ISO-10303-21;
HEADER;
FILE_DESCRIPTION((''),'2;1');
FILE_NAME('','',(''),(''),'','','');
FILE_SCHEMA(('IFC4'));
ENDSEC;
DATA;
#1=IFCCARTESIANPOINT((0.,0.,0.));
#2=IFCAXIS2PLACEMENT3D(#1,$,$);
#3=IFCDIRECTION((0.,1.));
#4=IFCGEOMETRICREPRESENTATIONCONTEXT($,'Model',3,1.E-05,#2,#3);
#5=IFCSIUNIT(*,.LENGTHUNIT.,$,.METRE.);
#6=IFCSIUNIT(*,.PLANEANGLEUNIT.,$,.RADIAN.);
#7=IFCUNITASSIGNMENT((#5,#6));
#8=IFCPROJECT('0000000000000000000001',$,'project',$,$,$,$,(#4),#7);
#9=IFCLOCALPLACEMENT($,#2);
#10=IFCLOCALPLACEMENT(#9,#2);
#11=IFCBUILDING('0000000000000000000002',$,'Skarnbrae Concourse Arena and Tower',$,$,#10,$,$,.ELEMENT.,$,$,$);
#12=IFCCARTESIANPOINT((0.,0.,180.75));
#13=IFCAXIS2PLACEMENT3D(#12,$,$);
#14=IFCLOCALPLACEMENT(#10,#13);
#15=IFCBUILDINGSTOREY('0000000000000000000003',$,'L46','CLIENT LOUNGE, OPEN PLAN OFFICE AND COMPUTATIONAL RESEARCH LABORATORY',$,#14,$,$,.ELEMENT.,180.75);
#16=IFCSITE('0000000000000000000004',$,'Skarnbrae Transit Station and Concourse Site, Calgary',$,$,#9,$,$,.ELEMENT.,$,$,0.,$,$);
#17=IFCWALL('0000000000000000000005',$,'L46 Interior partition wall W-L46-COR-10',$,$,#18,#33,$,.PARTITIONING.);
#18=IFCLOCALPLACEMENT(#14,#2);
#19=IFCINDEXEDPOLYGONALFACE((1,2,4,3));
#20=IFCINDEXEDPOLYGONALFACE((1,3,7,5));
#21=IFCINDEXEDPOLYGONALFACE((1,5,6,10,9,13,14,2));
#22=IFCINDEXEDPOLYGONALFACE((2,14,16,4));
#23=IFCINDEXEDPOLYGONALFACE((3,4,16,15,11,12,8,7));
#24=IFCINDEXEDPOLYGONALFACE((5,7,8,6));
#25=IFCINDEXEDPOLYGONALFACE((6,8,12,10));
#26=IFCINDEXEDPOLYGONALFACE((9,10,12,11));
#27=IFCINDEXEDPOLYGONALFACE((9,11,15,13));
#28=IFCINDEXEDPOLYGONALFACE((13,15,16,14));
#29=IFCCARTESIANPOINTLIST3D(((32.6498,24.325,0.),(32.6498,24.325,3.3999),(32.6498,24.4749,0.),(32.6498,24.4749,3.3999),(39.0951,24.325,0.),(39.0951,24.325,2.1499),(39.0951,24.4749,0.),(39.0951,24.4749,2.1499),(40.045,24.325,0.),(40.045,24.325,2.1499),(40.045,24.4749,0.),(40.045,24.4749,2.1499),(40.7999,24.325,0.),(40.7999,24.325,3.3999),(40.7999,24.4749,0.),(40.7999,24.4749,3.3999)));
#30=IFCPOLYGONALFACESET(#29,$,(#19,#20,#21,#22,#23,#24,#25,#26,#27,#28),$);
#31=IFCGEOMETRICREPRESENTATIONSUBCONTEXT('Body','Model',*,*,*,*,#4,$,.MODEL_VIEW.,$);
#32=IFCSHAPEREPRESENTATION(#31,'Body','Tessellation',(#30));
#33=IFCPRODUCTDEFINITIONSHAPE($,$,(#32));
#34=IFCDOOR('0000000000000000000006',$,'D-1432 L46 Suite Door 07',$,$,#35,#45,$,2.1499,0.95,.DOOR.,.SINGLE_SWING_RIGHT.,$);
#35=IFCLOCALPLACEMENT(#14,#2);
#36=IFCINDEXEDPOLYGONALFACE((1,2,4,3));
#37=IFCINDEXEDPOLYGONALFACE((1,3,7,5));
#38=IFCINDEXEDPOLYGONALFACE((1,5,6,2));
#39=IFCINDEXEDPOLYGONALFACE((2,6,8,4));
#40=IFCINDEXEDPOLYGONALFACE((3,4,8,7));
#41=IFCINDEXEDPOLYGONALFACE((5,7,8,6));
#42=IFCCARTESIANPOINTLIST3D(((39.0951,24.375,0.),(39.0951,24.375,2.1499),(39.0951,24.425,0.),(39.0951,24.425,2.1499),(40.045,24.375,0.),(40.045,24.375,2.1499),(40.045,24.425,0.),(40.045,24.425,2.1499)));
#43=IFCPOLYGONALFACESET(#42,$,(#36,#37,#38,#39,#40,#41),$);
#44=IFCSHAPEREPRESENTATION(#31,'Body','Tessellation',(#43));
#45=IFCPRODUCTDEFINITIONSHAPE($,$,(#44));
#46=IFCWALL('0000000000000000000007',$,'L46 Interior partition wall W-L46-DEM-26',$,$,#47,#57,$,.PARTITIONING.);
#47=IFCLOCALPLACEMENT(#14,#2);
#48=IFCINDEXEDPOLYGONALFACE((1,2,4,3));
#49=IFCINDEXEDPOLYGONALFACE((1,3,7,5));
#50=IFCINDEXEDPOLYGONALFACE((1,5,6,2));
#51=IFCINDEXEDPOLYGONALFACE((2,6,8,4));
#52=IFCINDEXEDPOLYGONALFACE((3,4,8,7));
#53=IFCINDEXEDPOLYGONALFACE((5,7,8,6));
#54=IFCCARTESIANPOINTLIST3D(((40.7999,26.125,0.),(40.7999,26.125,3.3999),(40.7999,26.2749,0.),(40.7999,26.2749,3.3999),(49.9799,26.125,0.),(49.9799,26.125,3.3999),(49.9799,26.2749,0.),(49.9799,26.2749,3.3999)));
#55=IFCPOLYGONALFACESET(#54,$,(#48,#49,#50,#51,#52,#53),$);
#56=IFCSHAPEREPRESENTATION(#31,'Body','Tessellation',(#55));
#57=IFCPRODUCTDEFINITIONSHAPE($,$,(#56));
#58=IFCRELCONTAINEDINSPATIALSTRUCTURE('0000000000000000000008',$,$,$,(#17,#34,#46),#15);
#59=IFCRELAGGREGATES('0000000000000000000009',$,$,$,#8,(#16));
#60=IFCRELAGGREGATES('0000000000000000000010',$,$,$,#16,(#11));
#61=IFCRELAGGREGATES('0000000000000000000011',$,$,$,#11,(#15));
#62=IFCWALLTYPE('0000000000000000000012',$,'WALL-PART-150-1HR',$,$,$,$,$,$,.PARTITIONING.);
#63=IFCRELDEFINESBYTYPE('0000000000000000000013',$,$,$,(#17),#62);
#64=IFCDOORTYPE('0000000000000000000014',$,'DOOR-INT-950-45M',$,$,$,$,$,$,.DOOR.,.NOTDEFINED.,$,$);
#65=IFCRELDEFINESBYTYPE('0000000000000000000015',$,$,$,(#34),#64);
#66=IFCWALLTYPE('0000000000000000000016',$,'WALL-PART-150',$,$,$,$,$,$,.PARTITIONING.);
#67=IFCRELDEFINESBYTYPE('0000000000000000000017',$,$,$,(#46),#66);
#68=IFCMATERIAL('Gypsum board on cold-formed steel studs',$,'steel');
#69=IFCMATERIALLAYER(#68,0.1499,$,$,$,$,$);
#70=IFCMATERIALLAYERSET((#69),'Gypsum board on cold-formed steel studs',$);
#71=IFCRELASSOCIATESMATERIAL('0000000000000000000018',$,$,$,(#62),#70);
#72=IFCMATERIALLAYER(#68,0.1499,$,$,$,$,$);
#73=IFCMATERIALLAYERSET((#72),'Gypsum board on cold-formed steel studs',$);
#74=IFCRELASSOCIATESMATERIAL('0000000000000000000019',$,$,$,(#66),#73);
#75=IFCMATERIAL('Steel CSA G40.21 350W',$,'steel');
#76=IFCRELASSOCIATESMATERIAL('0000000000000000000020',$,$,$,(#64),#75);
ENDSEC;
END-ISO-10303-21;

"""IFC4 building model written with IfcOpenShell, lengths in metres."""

from ifc_helpers import new_model, si_unit, direction, frame, frame_2d, origin, place, context, subcontext, project, spatial, rectangle, extrude, source, transform, mapped, material, layer, layer_set, type_object, element, fill, save


model = new_model("IFC4")

# Units and contexts
model_context = context("Model", 3, precision=1e-05, world=origin(), true_north=direction((0.0, 1.0)))
body_context = subcontext(model_context, "Body", "Model", "MODEL_VIEW")
ifc_project = project(units=[si_unit("LENGTHUNIT", "METRE"), si_unit("PLANEANGLEUNIT", "RADIAN")], contexts=[model_context])

# Site, building, storey
site_placement = place(None, origin())
site = spatial("IfcSite", under=ifc_project, at=site_placement, Name="Skarnbrae Transit Station and Concourse Site, Calgary", CompositionType="ELEMENT", RefElevation=0.0)
building_placement = place(site_placement, origin())
building = spatial("IfcBuilding", under=site, at=building_placement, Name="Skarnbrae Concourse Arena and Tower", CompositionType="ELEMENT")
storey_placement = place(building_placement, frame((0.0, 0.0, 180.75)))
storey = spatial("IfcBuildingStorey", under=building, at=storey_placement, Name="L46", Description="CLIENT LOUNGE, OPEN PLAN OFFICE AND COMPUTATIONAL RESEARCH LABORATORY", CompositionType="ELEMENT", Elevation=180.75)

# Shared definitions
ifc_material_1 = material(Name="Steel CSA G40.21 350W", Category="steel")

# Shared definitions
ifc_material_2 = material(Name="Gypsum board on cold-formed steel studs", Category="steel")
ifc_layer_1 = layer(ifc_material_2, 0.1499)
ifc_layer_set_1 = layer_set([ifc_layer_1], Name="Gypsum board on cold-formed steel studs")
wall_type_1 = type_object("IfcWallType", Name="WALL-PART-150-1HR", PredefinedType="PARTITIONING", material=ifc_layer_set_1)
ifc_layer_2 = layer(ifc_material_2, 0.1499)
ifc_layer_set_2 = layer_set([ifc_layer_2], Name="Gypsum board on cold-formed steel studs")
wall_type_2 = type_object("IfcWallType", Name="WALL-PART-150", PredefinedType="PARTITIONING", material=ifc_layer_set_2)

# Wall, opening, door
shared_shape_1 = source(origin(), body_context, "Body", "SweptSolid", [
    extrude(rectangle(XDim=8.1501, YDim=0.1499, at=frame_2d((4.0752, 0.0))), origin(), (0.0, 0.0, 1.0), 3.3999),
])
wall_1_placement = place(storey_placement, frame((40.8, 24.3999, 0.0), z_axis=(0.0, 0.0, 1.0), x_axis=(-1.0, 0.0, 0.0)))
wall_1 = element("IfcWall", 1, at=wall_1_placement, inside=storey, type_object=wall_type_1, Name="L46 Interior partition wall W-L46-COR-10", PredefinedType="PARTITIONING", context=body_context, shape_type="MappedRepresentation", body=[
    mapped(shared_shape_1, transform((0.0, 0.0, 0.0))),
])
opening_placement = place(wall_1_placement, frame((0.7549, 0.0, 0.0)))
opening = element("IfcOpeningElement", 2, at=opening_placement, cuts=wall_1, PredefinedType="OPENING", context=body_context, shape_type="SweptSolid", body=[
    extrude(rectangle(XDim=0.95, YDim=2.1499, at=frame_2d((0.4751, 1.075))), frame((0.0, 0.085, 0.0), z_axis=(0.0, -1.0, 0.0), x_axis=(1.0, 0.0, 0.0)), (0.0, 0.0, 1.0), 0.1699),
])
door_type = type_object("IfcDoorType", Name="DOOR-INT-950-45M", OperationType="NOTDEFINED", PredefinedType="DOOR", material=ifc_material_1)
shared_shape_2 = source(origin(), body_context, "Body", "SweptSolid", [
    extrude(rectangle(XDim=0.95, YDim=2.1499, at=frame_2d((0.4751, 1.075))), frame((0.0, 0.0249, 0.0), z_axis=(0.0, -1.0, 0.0), x_axis=(1.0, 0.0, 0.0)), (0.0, 0.0, 1.0), 0.05),
])
door_placement = place(opening_placement, origin())
door = element("IfcDoor", 3, at=door_placement, inside=storey, type_object=door_type, Name="D-1432 L46 Suite Door 07", OperationType="SINGLE_SWING_RIGHT", OverallHeight=2.1499, OverallWidth=0.95, PredefinedType="DOOR", context=body_context, shape_type="MappedRepresentation", body=[
    mapped(shared_shape_2, transform((0.0, 0.0, 0.0))),
])
fill(opening, door)

# Wall
shared_shape_3 = source(origin(), body_context, "Body", "SweptSolid", [
    extrude(rectangle(XDim=9.1799, YDim=0.1499, at=frame_2d((4.5898, 0.0))), origin(), (0.0, 0.0, 1.0), 3.3999),
])
wall_2_placement = place(storey_placement, frame((40.8, 26.2, 0.0), z_axis=(0.0, 0.0, 1.0), x_axis=(1.0, 0.0, 0.0)))
element("IfcWall", 4, at=wall_2_placement, inside=storey, type_object=wall_type_2, Name="L46 Interior partition wall W-L46-DEM-26", PredefinedType="PARTITIONING", context=body_context, shape_type="MappedRepresentation", body=[
    mapped(shared_shape_3, transform((0.0, 0.0, 0.0))),
])

save(model, "model.ifc")
